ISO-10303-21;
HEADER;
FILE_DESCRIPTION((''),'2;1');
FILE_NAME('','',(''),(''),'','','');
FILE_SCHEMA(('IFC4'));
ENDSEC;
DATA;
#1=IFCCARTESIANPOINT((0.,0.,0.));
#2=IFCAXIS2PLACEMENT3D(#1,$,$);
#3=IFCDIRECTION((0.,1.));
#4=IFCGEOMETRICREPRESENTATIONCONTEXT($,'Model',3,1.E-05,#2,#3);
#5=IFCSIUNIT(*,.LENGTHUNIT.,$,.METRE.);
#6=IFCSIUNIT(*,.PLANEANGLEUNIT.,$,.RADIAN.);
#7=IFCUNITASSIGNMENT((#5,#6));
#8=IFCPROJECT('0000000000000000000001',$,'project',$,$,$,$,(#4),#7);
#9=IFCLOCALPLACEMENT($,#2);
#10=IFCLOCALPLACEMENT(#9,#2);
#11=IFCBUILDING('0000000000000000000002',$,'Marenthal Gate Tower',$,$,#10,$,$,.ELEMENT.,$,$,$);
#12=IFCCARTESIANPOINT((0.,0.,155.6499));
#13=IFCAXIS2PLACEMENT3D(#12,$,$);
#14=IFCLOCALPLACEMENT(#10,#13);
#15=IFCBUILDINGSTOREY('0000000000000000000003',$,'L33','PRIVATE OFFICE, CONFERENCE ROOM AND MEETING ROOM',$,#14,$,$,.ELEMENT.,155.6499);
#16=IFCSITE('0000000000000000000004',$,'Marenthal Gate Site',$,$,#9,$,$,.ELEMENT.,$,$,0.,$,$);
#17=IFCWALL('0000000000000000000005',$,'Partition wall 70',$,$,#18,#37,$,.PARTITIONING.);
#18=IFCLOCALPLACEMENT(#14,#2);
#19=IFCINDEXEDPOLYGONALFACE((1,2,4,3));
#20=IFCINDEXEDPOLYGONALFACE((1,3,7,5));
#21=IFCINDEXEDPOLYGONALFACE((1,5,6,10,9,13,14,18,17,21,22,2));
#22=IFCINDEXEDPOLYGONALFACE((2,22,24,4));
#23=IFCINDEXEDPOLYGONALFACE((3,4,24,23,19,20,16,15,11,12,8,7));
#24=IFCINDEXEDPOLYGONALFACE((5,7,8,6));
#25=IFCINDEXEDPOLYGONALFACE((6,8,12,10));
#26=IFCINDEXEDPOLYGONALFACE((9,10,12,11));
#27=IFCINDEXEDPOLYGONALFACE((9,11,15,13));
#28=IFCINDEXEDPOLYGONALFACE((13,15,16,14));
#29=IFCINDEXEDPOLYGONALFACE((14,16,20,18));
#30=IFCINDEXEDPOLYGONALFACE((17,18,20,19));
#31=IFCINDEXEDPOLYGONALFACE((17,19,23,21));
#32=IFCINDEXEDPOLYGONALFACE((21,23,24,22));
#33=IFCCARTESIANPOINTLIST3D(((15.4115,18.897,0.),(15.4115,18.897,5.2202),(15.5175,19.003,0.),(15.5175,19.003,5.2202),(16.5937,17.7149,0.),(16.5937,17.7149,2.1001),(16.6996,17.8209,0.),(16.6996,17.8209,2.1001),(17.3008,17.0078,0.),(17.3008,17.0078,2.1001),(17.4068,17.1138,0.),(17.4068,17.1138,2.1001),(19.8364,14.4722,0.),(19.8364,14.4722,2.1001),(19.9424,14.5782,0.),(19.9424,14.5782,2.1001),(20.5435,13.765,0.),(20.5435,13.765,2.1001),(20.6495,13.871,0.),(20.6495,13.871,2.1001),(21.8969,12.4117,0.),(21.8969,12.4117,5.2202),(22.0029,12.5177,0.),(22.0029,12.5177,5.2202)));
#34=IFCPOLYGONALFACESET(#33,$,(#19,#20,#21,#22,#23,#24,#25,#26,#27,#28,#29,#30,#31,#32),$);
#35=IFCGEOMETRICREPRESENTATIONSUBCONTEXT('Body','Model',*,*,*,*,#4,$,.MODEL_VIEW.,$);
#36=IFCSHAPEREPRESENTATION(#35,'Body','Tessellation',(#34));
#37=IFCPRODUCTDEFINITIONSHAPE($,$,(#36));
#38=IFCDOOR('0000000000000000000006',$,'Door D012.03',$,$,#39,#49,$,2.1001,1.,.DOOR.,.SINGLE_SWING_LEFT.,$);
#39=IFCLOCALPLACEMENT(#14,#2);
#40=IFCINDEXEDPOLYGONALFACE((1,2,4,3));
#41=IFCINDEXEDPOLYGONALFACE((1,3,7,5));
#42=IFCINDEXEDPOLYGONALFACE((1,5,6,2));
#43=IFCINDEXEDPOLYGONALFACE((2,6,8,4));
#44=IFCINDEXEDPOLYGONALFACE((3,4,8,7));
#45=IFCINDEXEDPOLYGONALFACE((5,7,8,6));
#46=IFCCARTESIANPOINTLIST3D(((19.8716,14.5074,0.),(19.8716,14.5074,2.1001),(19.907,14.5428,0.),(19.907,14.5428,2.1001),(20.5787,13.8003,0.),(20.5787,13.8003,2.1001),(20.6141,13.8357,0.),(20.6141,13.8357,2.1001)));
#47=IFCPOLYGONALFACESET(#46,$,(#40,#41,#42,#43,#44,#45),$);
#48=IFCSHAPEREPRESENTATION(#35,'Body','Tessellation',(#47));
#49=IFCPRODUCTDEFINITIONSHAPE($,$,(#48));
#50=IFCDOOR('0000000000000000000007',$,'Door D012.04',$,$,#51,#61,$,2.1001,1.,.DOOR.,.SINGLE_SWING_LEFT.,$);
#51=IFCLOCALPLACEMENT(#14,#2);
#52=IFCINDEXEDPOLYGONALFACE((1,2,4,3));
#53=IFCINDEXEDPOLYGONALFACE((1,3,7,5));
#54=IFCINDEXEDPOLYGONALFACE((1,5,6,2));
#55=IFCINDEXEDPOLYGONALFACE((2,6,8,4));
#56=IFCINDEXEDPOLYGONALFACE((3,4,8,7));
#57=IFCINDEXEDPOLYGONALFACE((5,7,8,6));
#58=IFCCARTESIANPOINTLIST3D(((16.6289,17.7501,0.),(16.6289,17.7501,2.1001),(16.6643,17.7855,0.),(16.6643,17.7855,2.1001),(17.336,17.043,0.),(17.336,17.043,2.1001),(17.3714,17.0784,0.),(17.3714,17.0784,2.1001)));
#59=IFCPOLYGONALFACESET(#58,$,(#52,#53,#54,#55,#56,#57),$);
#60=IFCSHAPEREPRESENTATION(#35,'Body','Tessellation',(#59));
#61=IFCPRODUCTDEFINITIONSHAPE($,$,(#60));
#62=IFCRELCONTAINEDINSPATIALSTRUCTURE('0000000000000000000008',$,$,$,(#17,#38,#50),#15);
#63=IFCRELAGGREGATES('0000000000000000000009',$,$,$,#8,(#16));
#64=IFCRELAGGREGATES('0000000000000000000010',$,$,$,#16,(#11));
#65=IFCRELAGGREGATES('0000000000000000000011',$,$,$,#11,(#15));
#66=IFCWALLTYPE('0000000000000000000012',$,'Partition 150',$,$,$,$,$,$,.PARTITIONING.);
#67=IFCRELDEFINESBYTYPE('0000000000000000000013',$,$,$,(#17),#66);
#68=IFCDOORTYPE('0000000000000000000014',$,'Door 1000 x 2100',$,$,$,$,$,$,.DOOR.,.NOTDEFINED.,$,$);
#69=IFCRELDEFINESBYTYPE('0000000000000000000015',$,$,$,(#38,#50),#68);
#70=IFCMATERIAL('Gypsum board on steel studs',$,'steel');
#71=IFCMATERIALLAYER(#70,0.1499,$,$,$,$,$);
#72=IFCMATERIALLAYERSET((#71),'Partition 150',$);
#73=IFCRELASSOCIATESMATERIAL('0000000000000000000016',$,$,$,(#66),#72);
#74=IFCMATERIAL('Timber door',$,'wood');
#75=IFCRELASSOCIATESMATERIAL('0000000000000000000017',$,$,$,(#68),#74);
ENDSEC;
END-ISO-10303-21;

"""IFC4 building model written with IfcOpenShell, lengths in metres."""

from ifc_helpers import new_model, si_unit, direction, frame, frame_2d, origin, place, context, subcontext, project, spatial, rectangle, extrude, material, layer, layer_set, type_object, element, fill, save


model = new_model("IFC4")

# Units and contexts
model_context = context("Model", 3, precision=1e-05, world=origin(), true_north=direction((0.0, 1.0)))
body_context = subcontext(model_context, "Body", "Model", "MODEL_VIEW")
ifc_project = project(units=[si_unit("LENGTHUNIT", "METRE"), si_unit("PLANEANGLEUNIT", "RADIAN")], contexts=[model_context])

# Site, building, storey
site_placement = place(None, origin())
site = spatial("IfcSite", under=ifc_project, at=site_placement, Name="Marenthal Gate Site", CompositionType="ELEMENT", RefElevation=0.0)
building_placement = place(site_placement, origin())
building = spatial("IfcBuilding", under=site, at=building_placement, Name="Marenthal Gate Tower", CompositionType="ELEMENT")
storey_placement = place(building_placement, frame((0.0, 0.0, 155.6499)))
storey = spatial("IfcBuildingStorey", under=building, at=storey_placement, Name="L33", Description="PRIVATE OFFICE, CONFERENCE ROOM AND MEETING ROOM", CompositionType="ELEMENT", Elevation=155.6499)

# Shared definitions
ifc_material_1 = material(Name="Gypsum board on steel studs", Category="steel")
ifc_layer_1 = layer(ifc_material_1, 0.1499)
ifc_layer_set_1 = layer_set([ifc_layer_1], Name="Partition 150")
wall_type_1 = type_object("IfcWallType", Name="Partition 150", PredefinedType="PARTITIONING", material=ifc_layer_set_1)

# Wall, openings, doors
wall_1_placement = place(storey_placement, frame((21.95, 12.4646, 0.0), z_axis=(0.0, 0.0, 1.0), x_axis=(-0.707107, 0.707107, 0.0)))
wall_1 = element("IfcWall", 1, at=wall_1_placement, inside=storey, type_object=wall_type_1, Name="Partition wall 70", PredefinedType="PARTITIONING", context=body_context, shape_type="SweptSolid", body=[
    extrude(rectangle(XDim=9.1716, YDim=0.1499, at=frame_2d((4.5859, 0.0))), origin(), (0.0, 0.0, 1.0), 5.2202),
])
opening_1_placement = place(wall_1_placement, frame((1.9141, 0.0, 0.0)))
opening_1 = element("IfcOpeningElement", 2, at=opening_1_placement, cuts=wall_1, PredefinedType="OPENING", context=body_context, shape_type="SweptSolid", body=[
    extrude(rectangle(XDim=1.0, YDim=2.1001, at=frame_2d((0.5, 1.05))), frame((0.0, 0.085, 0.0), z_axis=(0.0, -1.0, 0.0), x_axis=(1.0, 0.0, 0.0)), (0.0, 0.0, 1.0), 0.1699),
])
opening_2_placement = place(wall_1_placement, frame((6.5, 0.0, 0.0)))
opening_2 = element("IfcOpeningElement", 3, at=opening_2_placement, cuts=wall_1, PredefinedType="OPENING", context=body_context, shape_type="SweptSolid", body=[
    extrude(rectangle(XDim=1.0, YDim=2.1001, at=frame_2d((0.5, 1.05))), frame((0.0, 0.085, 0.0), z_axis=(0.0, -1.0, 0.0), x_axis=(1.0, 0.0, 0.0)), (0.0, 0.0, 1.0), 0.1699),
])
ifc_material_2 = material(Name="Timber door", Category="wood")
door_type = type_object("IfcDoorType", Name="Door 1000 x 2100", OperationType="NOTDEFINED", PredefinedType="DOOR", material=ifc_material_2)
door_1_placement = place(opening_1_placement, frame((1.0, 0.0, 0.0), z_axis=(0.0, 0.0, 1.0), x_axis=(-1.0, 0.0, 0.0)))
door_1 = element("IfcDoor", 4, at=door_1_placement, inside=storey, type_object=door_type, Name="Door D012.03", OperationType="SINGLE_SWING_LEFT", OverallHeight=2.1001, OverallWidth=1.0, PredefinedType="DOOR", context=body_context, shape_type="SweptSolid", body=[
    extrude(rectangle(XDim=1.0, YDim=2.1001, at=frame_2d((0.5, 1.05))), frame((0.0, 0.0249, 0.0), z_axis=(0.0, -1.0, 0.0), x_axis=(1.0, 0.0, 0.0)), (0.0, 0.0, 1.0), 0.05),
])
fill(opening_1, door_1)
door_2_placement = place(opening_2_placement, frame((1.0, 0.0, 0.0), z_axis=(0.0, 0.0, 1.0), x_axis=(-1.0, 0.0, 0.0)))
door_2 = element("IfcDoor", 5, at=door_2_placement, inside=storey, type_object=door_type, Name="Door D012.04", OperationType="SINGLE_SWING_LEFT", OverallHeight=2.1001, OverallWidth=1.0, PredefinedType="DOOR", context=body_context, shape_type="SweptSolid", body=[
    extrude(rectangle(XDim=1.0, YDim=2.1001, at=frame_2d((0.5, 1.05))), frame((0.0, 0.0249, 0.0), z_axis=(0.0, -1.0, 0.0), x_axis=(1.0, 0.0, 0.0)), (0.0, 0.0, 1.0), 0.05),
])
fill(opening_2, door_2)

save(model, "model.ifc")
